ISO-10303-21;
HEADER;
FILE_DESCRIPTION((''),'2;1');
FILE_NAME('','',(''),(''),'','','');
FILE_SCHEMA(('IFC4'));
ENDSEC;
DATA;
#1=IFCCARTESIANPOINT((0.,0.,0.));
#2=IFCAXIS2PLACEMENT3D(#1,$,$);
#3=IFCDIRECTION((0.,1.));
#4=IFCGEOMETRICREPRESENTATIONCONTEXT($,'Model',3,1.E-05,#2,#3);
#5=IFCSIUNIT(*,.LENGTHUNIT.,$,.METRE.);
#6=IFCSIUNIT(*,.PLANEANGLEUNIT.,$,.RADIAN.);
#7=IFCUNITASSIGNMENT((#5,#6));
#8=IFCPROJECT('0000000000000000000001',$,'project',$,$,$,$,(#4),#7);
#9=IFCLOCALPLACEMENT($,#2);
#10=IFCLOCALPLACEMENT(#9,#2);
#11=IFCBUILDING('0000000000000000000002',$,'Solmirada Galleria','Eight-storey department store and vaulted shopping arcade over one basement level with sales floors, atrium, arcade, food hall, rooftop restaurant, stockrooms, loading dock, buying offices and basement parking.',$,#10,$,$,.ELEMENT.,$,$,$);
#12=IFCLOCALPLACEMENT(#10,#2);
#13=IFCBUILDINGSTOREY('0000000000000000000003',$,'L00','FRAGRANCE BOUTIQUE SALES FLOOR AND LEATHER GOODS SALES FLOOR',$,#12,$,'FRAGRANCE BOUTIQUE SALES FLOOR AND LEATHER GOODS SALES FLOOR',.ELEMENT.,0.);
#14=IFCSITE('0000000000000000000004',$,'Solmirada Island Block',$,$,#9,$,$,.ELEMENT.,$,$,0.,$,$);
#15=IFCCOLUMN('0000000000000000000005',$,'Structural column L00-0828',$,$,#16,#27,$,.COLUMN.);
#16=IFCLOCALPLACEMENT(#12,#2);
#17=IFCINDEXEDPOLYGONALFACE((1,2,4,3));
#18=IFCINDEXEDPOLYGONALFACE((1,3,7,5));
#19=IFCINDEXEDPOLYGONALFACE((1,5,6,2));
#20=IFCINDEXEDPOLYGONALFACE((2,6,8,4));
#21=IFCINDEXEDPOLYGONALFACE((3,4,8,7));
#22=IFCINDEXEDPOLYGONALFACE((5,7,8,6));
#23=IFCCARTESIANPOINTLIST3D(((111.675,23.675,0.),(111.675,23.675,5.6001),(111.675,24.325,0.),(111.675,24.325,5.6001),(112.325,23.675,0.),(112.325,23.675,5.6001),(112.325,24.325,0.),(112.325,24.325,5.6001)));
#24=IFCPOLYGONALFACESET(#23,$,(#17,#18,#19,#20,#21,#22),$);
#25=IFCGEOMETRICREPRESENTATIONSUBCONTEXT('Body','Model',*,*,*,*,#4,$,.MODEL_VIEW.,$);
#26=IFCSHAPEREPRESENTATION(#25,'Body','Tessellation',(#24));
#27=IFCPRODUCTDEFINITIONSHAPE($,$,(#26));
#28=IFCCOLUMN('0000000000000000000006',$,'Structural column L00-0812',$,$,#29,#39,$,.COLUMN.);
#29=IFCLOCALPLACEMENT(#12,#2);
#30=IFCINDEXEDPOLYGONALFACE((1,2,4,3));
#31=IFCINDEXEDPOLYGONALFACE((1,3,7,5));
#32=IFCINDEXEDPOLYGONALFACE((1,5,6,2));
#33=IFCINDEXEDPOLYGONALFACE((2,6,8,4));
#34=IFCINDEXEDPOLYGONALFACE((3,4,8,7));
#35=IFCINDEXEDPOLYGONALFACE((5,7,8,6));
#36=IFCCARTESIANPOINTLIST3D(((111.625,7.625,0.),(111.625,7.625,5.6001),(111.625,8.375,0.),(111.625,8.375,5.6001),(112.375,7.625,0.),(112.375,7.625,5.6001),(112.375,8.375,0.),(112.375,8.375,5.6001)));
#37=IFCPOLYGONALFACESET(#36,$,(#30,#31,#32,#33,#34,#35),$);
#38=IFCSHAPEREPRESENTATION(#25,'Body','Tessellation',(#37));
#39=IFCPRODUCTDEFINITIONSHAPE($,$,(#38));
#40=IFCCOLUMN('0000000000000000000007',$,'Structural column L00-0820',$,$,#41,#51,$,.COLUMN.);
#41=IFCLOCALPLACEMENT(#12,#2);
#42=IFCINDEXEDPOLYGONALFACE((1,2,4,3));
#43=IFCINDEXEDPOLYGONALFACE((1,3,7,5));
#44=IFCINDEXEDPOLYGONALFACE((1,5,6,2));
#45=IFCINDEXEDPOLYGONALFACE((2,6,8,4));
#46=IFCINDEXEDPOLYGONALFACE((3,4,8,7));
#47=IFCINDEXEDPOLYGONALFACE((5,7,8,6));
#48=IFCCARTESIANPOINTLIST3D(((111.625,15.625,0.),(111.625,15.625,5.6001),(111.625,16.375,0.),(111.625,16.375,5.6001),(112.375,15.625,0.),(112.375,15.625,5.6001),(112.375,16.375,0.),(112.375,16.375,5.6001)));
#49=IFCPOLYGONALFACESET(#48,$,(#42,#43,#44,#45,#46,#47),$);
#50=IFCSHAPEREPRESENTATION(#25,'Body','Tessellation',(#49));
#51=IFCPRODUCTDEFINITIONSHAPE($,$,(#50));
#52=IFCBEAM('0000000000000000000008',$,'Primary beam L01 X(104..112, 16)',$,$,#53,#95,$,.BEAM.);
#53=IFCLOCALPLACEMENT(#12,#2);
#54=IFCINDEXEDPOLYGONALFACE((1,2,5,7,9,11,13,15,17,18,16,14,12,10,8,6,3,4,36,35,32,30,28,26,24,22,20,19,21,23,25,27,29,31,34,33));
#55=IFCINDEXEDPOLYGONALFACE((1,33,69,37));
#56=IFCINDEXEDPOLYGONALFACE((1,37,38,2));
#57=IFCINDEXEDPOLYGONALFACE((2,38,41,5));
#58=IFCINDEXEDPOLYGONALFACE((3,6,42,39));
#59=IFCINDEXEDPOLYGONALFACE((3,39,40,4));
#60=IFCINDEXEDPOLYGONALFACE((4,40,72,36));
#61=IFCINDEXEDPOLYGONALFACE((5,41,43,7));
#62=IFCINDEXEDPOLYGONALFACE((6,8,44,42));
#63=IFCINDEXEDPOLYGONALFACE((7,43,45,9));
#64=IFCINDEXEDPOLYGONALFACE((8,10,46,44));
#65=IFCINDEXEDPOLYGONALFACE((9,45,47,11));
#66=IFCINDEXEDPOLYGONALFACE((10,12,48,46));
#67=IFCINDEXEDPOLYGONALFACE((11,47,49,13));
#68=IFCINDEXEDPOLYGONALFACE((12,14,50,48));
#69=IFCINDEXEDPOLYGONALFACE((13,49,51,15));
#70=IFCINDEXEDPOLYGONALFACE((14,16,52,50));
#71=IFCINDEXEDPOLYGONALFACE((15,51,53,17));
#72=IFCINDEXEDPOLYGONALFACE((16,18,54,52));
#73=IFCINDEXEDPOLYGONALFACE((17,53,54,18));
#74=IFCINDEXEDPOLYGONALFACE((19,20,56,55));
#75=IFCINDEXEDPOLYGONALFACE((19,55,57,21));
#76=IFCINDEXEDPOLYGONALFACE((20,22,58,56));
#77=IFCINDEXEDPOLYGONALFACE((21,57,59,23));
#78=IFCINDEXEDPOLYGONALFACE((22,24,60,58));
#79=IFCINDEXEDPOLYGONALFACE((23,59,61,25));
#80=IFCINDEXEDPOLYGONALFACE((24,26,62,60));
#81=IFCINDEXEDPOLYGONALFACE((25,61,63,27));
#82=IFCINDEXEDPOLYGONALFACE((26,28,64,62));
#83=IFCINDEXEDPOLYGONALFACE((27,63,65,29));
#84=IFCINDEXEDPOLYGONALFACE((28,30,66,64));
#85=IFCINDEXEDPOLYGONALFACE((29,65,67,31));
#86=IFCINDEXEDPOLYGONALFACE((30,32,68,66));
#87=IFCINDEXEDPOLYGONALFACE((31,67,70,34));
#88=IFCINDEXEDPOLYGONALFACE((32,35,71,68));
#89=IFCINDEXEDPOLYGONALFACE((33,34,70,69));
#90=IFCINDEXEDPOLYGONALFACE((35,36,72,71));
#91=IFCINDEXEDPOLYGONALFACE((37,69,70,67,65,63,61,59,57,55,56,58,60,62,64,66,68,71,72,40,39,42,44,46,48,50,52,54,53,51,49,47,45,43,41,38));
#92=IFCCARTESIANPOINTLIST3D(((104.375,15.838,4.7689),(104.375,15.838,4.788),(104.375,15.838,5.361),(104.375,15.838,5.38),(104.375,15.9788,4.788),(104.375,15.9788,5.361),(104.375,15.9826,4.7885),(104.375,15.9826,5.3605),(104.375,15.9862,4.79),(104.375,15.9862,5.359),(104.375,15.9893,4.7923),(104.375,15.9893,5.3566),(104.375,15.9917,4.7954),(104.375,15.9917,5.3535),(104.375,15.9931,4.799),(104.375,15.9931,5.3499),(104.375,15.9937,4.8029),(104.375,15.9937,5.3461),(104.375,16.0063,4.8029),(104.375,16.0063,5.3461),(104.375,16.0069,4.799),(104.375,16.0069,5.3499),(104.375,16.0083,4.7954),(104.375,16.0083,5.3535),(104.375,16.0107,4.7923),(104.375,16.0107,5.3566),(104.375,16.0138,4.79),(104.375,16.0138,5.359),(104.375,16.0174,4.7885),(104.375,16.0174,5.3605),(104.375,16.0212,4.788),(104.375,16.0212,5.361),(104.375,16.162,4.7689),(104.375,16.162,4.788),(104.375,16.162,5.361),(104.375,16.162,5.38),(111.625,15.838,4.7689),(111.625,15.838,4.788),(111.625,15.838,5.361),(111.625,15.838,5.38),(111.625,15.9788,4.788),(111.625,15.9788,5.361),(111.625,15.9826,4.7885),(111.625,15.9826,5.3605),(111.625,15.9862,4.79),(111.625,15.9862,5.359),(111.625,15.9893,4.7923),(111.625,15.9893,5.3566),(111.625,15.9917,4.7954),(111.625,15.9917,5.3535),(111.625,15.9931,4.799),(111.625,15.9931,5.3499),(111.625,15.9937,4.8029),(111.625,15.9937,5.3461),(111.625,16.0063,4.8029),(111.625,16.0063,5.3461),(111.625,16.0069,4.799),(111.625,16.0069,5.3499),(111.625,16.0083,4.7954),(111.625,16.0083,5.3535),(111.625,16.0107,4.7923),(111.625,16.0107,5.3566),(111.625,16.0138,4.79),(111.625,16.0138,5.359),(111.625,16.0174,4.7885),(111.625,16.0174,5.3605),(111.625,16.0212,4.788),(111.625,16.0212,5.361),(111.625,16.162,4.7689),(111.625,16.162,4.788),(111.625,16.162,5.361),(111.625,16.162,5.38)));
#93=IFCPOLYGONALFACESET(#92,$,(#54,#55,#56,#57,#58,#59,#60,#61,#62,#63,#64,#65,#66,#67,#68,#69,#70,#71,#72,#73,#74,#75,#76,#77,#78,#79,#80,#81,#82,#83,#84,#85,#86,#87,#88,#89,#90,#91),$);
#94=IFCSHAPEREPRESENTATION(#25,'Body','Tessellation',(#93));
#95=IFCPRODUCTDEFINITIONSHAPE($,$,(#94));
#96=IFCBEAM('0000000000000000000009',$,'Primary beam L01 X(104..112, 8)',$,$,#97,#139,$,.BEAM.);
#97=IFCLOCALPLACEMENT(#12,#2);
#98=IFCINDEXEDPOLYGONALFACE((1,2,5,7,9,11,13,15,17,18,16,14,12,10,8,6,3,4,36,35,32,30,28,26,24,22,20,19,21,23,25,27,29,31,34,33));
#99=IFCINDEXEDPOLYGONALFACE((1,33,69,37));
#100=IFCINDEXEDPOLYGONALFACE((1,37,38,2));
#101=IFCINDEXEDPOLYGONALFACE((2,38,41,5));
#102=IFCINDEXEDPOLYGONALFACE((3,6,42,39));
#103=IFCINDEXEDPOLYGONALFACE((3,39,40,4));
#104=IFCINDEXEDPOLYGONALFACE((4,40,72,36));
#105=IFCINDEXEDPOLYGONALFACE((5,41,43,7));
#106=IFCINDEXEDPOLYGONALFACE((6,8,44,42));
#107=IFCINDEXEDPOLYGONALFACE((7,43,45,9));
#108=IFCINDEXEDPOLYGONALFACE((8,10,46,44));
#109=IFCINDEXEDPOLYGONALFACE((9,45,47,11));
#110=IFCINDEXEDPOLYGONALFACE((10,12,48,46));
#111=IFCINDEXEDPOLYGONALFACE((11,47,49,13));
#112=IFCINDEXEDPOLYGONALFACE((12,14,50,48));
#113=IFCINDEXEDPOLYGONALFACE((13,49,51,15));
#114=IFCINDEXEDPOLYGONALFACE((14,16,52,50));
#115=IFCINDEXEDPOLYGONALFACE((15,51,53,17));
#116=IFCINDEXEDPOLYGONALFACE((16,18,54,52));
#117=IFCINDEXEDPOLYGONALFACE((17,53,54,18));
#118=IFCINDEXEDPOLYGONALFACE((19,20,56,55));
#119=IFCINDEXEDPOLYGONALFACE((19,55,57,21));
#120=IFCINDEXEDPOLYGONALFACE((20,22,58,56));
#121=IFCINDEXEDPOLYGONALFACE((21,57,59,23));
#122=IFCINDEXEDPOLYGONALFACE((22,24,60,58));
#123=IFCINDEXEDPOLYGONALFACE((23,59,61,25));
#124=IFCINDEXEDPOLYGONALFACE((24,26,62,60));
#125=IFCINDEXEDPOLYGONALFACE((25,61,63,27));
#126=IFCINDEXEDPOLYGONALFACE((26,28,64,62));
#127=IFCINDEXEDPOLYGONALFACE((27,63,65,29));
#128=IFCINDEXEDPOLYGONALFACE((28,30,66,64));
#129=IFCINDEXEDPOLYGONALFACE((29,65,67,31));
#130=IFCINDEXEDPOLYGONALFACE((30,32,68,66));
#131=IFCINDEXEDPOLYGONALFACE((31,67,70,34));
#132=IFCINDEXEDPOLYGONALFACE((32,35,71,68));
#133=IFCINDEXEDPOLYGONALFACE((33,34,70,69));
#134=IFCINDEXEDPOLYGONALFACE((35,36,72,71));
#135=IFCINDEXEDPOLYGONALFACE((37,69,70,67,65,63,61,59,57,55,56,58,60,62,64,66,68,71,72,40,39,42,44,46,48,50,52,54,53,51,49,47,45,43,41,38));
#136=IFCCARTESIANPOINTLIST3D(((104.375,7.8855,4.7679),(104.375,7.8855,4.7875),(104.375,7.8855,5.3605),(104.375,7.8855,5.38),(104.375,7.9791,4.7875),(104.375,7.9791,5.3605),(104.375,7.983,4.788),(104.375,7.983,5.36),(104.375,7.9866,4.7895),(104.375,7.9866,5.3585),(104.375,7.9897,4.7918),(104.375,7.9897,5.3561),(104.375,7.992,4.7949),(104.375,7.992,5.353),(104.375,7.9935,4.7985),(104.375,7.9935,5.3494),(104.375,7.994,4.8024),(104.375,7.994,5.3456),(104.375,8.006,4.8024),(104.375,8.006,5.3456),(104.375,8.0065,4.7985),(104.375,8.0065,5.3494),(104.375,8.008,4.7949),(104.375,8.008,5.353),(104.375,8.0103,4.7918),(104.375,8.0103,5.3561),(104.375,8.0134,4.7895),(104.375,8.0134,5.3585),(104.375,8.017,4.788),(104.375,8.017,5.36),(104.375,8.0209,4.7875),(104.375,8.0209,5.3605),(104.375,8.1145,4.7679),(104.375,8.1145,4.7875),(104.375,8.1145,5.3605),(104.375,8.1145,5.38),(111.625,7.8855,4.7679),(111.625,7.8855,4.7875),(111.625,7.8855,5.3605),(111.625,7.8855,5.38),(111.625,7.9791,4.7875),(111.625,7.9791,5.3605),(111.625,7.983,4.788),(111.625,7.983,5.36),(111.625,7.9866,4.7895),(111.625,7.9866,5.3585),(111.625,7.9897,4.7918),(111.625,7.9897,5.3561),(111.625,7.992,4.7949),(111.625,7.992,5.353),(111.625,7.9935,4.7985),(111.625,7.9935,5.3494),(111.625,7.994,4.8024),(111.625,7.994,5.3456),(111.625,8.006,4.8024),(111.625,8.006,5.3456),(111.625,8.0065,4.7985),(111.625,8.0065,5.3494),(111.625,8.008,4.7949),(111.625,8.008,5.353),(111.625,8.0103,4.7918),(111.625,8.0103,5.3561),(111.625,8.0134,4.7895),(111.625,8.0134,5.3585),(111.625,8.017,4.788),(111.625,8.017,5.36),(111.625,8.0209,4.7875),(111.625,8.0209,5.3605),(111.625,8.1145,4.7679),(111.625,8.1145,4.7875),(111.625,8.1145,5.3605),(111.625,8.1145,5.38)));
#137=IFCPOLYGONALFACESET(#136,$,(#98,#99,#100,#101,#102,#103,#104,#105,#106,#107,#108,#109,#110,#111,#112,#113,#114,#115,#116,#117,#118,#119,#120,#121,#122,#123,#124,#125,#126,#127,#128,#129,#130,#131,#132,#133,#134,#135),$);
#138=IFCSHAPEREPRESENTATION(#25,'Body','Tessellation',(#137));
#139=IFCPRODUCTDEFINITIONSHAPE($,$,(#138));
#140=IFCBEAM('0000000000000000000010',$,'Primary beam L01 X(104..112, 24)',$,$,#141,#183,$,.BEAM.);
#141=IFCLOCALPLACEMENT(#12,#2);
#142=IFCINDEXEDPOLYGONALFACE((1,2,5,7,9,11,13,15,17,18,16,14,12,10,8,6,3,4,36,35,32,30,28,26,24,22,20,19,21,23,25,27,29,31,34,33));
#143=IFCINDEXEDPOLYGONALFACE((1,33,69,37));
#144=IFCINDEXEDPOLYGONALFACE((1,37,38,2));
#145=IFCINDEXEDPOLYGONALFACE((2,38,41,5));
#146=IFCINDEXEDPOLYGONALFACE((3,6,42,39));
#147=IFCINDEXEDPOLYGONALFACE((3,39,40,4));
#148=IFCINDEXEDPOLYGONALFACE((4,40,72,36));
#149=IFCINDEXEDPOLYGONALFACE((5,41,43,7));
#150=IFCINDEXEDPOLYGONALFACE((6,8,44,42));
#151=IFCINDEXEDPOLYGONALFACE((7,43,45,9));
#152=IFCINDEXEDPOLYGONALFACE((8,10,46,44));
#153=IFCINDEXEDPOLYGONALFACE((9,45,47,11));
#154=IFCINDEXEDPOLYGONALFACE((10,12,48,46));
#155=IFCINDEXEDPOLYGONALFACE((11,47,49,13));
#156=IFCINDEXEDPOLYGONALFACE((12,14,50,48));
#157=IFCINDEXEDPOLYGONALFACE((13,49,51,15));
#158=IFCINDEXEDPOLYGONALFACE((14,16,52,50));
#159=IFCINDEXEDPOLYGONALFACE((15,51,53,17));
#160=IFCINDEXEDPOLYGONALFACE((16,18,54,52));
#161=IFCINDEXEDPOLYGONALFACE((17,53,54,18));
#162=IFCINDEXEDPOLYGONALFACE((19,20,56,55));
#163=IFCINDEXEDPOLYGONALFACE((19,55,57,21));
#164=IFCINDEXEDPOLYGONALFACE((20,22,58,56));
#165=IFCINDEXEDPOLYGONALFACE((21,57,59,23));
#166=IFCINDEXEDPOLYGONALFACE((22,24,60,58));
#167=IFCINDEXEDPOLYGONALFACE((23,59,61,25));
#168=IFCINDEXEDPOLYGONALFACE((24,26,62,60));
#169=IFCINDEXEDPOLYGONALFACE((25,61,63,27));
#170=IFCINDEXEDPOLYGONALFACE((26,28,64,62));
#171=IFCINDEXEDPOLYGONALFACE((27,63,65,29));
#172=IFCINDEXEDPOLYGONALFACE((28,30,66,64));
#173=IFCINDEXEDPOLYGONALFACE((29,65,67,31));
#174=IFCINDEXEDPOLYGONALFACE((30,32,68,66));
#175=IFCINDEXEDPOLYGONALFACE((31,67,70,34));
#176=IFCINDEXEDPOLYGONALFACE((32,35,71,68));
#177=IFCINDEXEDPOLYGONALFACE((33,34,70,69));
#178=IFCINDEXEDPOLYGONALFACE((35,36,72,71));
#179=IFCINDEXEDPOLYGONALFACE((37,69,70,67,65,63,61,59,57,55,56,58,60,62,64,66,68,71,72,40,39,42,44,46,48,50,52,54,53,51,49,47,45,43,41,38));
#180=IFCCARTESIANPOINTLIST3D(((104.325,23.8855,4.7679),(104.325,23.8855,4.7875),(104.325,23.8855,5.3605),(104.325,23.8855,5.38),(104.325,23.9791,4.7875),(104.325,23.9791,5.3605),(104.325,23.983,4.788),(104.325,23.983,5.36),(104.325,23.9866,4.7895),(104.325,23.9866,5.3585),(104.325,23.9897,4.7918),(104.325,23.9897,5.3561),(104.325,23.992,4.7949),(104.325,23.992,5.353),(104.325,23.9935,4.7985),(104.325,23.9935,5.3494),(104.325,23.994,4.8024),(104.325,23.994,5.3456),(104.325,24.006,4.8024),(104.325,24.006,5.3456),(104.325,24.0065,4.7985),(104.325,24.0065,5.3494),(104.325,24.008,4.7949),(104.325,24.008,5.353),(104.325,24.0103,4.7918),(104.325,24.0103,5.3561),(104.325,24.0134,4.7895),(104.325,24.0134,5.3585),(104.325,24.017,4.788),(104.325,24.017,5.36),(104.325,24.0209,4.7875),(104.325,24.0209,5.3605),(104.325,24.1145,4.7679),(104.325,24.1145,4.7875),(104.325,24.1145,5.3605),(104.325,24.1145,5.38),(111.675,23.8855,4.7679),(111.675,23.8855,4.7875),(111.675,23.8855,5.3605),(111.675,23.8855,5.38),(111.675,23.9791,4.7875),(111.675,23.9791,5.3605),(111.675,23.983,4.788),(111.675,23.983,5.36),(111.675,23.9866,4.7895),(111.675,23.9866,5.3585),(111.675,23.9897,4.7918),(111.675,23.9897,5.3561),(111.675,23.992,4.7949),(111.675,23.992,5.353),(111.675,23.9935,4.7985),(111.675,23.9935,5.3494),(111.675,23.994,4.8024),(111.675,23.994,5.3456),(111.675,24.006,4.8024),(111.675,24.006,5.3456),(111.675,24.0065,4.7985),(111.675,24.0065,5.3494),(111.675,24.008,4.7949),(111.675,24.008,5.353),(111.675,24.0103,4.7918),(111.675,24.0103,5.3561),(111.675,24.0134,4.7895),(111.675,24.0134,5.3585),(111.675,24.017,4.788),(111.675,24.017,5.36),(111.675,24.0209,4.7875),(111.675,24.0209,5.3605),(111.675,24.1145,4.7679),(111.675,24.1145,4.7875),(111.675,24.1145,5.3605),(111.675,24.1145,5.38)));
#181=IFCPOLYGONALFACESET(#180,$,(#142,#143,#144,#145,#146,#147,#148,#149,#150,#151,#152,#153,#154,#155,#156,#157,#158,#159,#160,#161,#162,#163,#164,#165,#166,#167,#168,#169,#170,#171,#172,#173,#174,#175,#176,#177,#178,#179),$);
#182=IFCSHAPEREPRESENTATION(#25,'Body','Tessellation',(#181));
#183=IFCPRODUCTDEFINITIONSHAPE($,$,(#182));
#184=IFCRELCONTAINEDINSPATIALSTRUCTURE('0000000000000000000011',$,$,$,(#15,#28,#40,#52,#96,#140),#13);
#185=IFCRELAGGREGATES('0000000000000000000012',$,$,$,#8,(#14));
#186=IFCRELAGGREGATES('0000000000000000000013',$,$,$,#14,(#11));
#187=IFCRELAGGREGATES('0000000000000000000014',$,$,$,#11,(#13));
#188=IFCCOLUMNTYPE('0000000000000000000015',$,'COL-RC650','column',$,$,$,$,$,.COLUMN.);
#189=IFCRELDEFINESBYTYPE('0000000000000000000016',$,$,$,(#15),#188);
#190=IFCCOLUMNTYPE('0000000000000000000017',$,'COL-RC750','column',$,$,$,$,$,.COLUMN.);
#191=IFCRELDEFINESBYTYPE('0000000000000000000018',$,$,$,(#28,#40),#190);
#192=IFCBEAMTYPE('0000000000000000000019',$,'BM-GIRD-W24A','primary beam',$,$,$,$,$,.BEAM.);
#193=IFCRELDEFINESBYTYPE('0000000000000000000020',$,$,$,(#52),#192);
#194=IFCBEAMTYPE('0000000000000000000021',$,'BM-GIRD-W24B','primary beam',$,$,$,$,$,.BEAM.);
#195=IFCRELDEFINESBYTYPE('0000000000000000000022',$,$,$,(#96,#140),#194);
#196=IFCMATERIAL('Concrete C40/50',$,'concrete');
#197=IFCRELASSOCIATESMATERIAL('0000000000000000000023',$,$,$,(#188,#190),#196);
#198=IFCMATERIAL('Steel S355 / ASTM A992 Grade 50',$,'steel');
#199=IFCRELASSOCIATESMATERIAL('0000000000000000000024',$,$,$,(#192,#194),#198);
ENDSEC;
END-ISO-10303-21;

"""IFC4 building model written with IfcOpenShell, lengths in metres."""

from ifc_helpers import new_model, si_unit, direction, frame, origin, origin_2d, place, context, subcontext, project, spatial, rectangle, i_section, extrude, material, material_profile, profile_set, type_object, element, save


model = new_model("IFC4")

# Units and contexts
model_context = context("Model", 3, precision=1e-05, world=origin(), true_north=direction((0.0, 1.0)))
body_context = subcontext(model_context, "Body", "Model", "MODEL_VIEW")
ifc_project = project(units=[si_unit("LENGTHUNIT", "METRE"), si_unit("PLANEANGLEUNIT", "RADIAN")], contexts=[model_context])

# Site, building, storey
site_placement = place(None, origin())
site = spatial("IfcSite", under=ifc_project, at=site_placement, Name="Solmirada Island Block", CompositionType="ELEMENT", RefElevation=0.0)
building_placement = place(site_placement, origin())
building = spatial("IfcBuilding", under=site, at=building_placement, Name="Solmirada Galleria", Description="Eight-storey department store and vaulted shopping arcade over one basement level with sales floors, atrium, arcade, food hall, rooftop restaurant, stockrooms, loading dock, buying offices and basement parking.", CompositionType="ELEMENT")
storey_placement = place(building_placement, origin())
storey = spatial("IfcBuildingStorey", under=building, at=storey_placement, Name="L00", Description="FRAGRANCE BOUTIQUE SALES FLOOR AND LEATHER GOODS SALES FLOOR", LongName="FRAGRANCE BOUTIQUE SALES FLOOR AND LEATHER GOODS SALES FLOOR", CompositionType="ELEMENT", Elevation=0.0)

# Columns
ifc_material_1 = material(Name="Concrete C40/50", Category="concrete")
ifc_material_profile_1 = material_profile(ifc_material_1, rectangle(XDim=0.6499, YDim=0.6499, at=origin_2d()), Name="RC650X650")
ifc_profile_set_1 = profile_set([ifc_material_profile_1], Name="Concrete C40/50")
column_type_1 = type_object("IfcColumnType", Name="COL-RC650", Description="column", PredefinedType="COLUMN", material=ifc_profile_set_1)
column_placement = place(storey_placement, frame((112.0, 24.0, 0.0), z_axis=(0.0, 0.0, 1.0), x_axis=(1.0, 0.0, 0.0)))
element("IfcColumn", 1, at=column_placement, inside=storey, type_object=column_type_1, Name="Structural column L00-0828", PredefinedType="COLUMN", context=body_context, shape_type="SweptSolid", body=[
    extrude(rectangle(XDim=0.6499, YDim=0.6499, at=origin_2d()), origin(), (0.0, 0.0, 1.0), 5.6001),
])
ifc_material_profile_2 = material_profile(ifc_material_1, rectangle(XDim=0.75, YDim=0.75, at=origin_2d()), Name="RC750X750")
ifc_profile_set_2 = profile_set([ifc_material_profile_2], Name="Concrete C40/50")
column_type_2 = type_object("IfcColumnType", Name="COL-RC750", Description="column", PredefinedType="COLUMN", material=ifc_profile_set_2)
for number, where, z_axis, x_axis, name in (
    (2, (112.0, 8.0, 0.0), (0.0, 0.0, 1.0), (1.0, 0.0, 0.0), "Structural column L00-0812"),
    (3, (112.0, 16.0, 0.0), (0.0, 0.0, 1.0), (1.0, 0.0, 0.0), "Structural column L00-0820"),
):
    element("IfcColumn", number, at=place(storey_placement, frame(where, z_axis=z_axis, x_axis=x_axis)), inside=storey, type_object=column_type_2, Name=name, PredefinedType="COLUMN", context=body_context, shape_type="SweptSolid", body=[
        extrude(rectangle(XDim=0.75, YDim=0.75, at=origin_2d()), origin(), (0.0, 0.0, 1.0), 5.6001),
    ])

# Beams
ifc_material_2 = material(Name="Steel S355 / ASTM A992 Grade 50", Category="steel")
ifc_material_profile_3 = material_profile(ifc_material_2, i_section(OverallWidth=0.324, OverallDepth=0.6111, WebThickness=0.0127, FlangeThickness=0.019, FilletRadius=0.0149, at=origin_2d()), Name="W24X104")
ifc_profile_set_3 = profile_set([ifc_material_profile_3], Name="Steel S355 / ASTM A992 Grade 50")
beam_type_1 = type_object("IfcBeamType", Name="BM-GIRD-W24A", Description="primary beam", PredefinedType="BEAM", material=ifc_profile_set_3)
beam_1_placement = place(storey_placement, frame((104.375, 16.0, 5.0745), z_axis=(1.0, 0.0, 0.0), x_axis=(0.0, 1.0, 0.0)))
element("IfcBeam", 4, at=beam_1_placement, inside=storey, type_object=beam_type_1, Name="Primary beam L01 X(104..112, 16)", PredefinedType="BEAM", context=body_context, shape_type="SweptSolid", body=[
    extrude(i_section(OverallWidth=0.324, OverallDepth=0.6111, WebThickness=0.0127, FlangeThickness=0.019, FilletRadius=0.0149, at=origin_2d()), origin(), (0.0, 0.0, 1.0), 7.25),
])
ifc_material_profile_4 = material_profile(ifc_material_2, i_section(OverallWidth=0.229, OverallDepth=0.6121, WebThickness=0.012, FlangeThickness=0.0195, FilletRadius=0.0149, at=origin_2d()), Name="W24X84")
ifc_profile_set_4 = profile_set([ifc_material_profile_4], Name="Steel S355 / ASTM A992 Grade 50")
beam_type_2 = type_object("IfcBeamType", Name="BM-GIRD-W24B", Description="primary beam", PredefinedType="BEAM", material=ifc_profile_set_4)
beam_2_placement = place(storey_placement, frame((104.375, 8.0, 5.074), z_axis=(1.0, 0.0, 0.0), x_axis=(0.0, 1.0, 0.0)))
element("IfcBeam", 5, at=beam_2_placement, inside=storey, type_object=beam_type_2, Name="Primary beam L01 X(104..112, 8)", PredefinedType="BEAM", context=body_context, shape_type="SweptSolid", body=[
    extrude(i_section(OverallWidth=0.229, OverallDepth=0.6121, WebThickness=0.012, FlangeThickness=0.0195, FilletRadius=0.0149, at=origin_2d()), origin(), (0.0, 0.0, 1.0), 7.25),
])
beam_3_placement = place(storey_placement, frame((104.325, 24.0, 5.074), z_axis=(1.0, 0.0, 0.0), x_axis=(0.0, 1.0, 0.0)))
element("IfcBeam", 6, at=beam_3_placement, inside=storey, type_object=beam_type_2, Name="Primary beam L01 X(104..112, 24)", PredefinedType="BEAM", context=body_context, shape_type="SweptSolid", body=[
    extrude(i_section(OverallWidth=0.229, OverallDepth=0.6121, WebThickness=0.012, FlangeThickness=0.0195, FilletRadius=0.0149, at=origin_2d()), origin(), (0.0, 0.0, 1.0), 7.3501),
])

save(model, "model.ifc")
